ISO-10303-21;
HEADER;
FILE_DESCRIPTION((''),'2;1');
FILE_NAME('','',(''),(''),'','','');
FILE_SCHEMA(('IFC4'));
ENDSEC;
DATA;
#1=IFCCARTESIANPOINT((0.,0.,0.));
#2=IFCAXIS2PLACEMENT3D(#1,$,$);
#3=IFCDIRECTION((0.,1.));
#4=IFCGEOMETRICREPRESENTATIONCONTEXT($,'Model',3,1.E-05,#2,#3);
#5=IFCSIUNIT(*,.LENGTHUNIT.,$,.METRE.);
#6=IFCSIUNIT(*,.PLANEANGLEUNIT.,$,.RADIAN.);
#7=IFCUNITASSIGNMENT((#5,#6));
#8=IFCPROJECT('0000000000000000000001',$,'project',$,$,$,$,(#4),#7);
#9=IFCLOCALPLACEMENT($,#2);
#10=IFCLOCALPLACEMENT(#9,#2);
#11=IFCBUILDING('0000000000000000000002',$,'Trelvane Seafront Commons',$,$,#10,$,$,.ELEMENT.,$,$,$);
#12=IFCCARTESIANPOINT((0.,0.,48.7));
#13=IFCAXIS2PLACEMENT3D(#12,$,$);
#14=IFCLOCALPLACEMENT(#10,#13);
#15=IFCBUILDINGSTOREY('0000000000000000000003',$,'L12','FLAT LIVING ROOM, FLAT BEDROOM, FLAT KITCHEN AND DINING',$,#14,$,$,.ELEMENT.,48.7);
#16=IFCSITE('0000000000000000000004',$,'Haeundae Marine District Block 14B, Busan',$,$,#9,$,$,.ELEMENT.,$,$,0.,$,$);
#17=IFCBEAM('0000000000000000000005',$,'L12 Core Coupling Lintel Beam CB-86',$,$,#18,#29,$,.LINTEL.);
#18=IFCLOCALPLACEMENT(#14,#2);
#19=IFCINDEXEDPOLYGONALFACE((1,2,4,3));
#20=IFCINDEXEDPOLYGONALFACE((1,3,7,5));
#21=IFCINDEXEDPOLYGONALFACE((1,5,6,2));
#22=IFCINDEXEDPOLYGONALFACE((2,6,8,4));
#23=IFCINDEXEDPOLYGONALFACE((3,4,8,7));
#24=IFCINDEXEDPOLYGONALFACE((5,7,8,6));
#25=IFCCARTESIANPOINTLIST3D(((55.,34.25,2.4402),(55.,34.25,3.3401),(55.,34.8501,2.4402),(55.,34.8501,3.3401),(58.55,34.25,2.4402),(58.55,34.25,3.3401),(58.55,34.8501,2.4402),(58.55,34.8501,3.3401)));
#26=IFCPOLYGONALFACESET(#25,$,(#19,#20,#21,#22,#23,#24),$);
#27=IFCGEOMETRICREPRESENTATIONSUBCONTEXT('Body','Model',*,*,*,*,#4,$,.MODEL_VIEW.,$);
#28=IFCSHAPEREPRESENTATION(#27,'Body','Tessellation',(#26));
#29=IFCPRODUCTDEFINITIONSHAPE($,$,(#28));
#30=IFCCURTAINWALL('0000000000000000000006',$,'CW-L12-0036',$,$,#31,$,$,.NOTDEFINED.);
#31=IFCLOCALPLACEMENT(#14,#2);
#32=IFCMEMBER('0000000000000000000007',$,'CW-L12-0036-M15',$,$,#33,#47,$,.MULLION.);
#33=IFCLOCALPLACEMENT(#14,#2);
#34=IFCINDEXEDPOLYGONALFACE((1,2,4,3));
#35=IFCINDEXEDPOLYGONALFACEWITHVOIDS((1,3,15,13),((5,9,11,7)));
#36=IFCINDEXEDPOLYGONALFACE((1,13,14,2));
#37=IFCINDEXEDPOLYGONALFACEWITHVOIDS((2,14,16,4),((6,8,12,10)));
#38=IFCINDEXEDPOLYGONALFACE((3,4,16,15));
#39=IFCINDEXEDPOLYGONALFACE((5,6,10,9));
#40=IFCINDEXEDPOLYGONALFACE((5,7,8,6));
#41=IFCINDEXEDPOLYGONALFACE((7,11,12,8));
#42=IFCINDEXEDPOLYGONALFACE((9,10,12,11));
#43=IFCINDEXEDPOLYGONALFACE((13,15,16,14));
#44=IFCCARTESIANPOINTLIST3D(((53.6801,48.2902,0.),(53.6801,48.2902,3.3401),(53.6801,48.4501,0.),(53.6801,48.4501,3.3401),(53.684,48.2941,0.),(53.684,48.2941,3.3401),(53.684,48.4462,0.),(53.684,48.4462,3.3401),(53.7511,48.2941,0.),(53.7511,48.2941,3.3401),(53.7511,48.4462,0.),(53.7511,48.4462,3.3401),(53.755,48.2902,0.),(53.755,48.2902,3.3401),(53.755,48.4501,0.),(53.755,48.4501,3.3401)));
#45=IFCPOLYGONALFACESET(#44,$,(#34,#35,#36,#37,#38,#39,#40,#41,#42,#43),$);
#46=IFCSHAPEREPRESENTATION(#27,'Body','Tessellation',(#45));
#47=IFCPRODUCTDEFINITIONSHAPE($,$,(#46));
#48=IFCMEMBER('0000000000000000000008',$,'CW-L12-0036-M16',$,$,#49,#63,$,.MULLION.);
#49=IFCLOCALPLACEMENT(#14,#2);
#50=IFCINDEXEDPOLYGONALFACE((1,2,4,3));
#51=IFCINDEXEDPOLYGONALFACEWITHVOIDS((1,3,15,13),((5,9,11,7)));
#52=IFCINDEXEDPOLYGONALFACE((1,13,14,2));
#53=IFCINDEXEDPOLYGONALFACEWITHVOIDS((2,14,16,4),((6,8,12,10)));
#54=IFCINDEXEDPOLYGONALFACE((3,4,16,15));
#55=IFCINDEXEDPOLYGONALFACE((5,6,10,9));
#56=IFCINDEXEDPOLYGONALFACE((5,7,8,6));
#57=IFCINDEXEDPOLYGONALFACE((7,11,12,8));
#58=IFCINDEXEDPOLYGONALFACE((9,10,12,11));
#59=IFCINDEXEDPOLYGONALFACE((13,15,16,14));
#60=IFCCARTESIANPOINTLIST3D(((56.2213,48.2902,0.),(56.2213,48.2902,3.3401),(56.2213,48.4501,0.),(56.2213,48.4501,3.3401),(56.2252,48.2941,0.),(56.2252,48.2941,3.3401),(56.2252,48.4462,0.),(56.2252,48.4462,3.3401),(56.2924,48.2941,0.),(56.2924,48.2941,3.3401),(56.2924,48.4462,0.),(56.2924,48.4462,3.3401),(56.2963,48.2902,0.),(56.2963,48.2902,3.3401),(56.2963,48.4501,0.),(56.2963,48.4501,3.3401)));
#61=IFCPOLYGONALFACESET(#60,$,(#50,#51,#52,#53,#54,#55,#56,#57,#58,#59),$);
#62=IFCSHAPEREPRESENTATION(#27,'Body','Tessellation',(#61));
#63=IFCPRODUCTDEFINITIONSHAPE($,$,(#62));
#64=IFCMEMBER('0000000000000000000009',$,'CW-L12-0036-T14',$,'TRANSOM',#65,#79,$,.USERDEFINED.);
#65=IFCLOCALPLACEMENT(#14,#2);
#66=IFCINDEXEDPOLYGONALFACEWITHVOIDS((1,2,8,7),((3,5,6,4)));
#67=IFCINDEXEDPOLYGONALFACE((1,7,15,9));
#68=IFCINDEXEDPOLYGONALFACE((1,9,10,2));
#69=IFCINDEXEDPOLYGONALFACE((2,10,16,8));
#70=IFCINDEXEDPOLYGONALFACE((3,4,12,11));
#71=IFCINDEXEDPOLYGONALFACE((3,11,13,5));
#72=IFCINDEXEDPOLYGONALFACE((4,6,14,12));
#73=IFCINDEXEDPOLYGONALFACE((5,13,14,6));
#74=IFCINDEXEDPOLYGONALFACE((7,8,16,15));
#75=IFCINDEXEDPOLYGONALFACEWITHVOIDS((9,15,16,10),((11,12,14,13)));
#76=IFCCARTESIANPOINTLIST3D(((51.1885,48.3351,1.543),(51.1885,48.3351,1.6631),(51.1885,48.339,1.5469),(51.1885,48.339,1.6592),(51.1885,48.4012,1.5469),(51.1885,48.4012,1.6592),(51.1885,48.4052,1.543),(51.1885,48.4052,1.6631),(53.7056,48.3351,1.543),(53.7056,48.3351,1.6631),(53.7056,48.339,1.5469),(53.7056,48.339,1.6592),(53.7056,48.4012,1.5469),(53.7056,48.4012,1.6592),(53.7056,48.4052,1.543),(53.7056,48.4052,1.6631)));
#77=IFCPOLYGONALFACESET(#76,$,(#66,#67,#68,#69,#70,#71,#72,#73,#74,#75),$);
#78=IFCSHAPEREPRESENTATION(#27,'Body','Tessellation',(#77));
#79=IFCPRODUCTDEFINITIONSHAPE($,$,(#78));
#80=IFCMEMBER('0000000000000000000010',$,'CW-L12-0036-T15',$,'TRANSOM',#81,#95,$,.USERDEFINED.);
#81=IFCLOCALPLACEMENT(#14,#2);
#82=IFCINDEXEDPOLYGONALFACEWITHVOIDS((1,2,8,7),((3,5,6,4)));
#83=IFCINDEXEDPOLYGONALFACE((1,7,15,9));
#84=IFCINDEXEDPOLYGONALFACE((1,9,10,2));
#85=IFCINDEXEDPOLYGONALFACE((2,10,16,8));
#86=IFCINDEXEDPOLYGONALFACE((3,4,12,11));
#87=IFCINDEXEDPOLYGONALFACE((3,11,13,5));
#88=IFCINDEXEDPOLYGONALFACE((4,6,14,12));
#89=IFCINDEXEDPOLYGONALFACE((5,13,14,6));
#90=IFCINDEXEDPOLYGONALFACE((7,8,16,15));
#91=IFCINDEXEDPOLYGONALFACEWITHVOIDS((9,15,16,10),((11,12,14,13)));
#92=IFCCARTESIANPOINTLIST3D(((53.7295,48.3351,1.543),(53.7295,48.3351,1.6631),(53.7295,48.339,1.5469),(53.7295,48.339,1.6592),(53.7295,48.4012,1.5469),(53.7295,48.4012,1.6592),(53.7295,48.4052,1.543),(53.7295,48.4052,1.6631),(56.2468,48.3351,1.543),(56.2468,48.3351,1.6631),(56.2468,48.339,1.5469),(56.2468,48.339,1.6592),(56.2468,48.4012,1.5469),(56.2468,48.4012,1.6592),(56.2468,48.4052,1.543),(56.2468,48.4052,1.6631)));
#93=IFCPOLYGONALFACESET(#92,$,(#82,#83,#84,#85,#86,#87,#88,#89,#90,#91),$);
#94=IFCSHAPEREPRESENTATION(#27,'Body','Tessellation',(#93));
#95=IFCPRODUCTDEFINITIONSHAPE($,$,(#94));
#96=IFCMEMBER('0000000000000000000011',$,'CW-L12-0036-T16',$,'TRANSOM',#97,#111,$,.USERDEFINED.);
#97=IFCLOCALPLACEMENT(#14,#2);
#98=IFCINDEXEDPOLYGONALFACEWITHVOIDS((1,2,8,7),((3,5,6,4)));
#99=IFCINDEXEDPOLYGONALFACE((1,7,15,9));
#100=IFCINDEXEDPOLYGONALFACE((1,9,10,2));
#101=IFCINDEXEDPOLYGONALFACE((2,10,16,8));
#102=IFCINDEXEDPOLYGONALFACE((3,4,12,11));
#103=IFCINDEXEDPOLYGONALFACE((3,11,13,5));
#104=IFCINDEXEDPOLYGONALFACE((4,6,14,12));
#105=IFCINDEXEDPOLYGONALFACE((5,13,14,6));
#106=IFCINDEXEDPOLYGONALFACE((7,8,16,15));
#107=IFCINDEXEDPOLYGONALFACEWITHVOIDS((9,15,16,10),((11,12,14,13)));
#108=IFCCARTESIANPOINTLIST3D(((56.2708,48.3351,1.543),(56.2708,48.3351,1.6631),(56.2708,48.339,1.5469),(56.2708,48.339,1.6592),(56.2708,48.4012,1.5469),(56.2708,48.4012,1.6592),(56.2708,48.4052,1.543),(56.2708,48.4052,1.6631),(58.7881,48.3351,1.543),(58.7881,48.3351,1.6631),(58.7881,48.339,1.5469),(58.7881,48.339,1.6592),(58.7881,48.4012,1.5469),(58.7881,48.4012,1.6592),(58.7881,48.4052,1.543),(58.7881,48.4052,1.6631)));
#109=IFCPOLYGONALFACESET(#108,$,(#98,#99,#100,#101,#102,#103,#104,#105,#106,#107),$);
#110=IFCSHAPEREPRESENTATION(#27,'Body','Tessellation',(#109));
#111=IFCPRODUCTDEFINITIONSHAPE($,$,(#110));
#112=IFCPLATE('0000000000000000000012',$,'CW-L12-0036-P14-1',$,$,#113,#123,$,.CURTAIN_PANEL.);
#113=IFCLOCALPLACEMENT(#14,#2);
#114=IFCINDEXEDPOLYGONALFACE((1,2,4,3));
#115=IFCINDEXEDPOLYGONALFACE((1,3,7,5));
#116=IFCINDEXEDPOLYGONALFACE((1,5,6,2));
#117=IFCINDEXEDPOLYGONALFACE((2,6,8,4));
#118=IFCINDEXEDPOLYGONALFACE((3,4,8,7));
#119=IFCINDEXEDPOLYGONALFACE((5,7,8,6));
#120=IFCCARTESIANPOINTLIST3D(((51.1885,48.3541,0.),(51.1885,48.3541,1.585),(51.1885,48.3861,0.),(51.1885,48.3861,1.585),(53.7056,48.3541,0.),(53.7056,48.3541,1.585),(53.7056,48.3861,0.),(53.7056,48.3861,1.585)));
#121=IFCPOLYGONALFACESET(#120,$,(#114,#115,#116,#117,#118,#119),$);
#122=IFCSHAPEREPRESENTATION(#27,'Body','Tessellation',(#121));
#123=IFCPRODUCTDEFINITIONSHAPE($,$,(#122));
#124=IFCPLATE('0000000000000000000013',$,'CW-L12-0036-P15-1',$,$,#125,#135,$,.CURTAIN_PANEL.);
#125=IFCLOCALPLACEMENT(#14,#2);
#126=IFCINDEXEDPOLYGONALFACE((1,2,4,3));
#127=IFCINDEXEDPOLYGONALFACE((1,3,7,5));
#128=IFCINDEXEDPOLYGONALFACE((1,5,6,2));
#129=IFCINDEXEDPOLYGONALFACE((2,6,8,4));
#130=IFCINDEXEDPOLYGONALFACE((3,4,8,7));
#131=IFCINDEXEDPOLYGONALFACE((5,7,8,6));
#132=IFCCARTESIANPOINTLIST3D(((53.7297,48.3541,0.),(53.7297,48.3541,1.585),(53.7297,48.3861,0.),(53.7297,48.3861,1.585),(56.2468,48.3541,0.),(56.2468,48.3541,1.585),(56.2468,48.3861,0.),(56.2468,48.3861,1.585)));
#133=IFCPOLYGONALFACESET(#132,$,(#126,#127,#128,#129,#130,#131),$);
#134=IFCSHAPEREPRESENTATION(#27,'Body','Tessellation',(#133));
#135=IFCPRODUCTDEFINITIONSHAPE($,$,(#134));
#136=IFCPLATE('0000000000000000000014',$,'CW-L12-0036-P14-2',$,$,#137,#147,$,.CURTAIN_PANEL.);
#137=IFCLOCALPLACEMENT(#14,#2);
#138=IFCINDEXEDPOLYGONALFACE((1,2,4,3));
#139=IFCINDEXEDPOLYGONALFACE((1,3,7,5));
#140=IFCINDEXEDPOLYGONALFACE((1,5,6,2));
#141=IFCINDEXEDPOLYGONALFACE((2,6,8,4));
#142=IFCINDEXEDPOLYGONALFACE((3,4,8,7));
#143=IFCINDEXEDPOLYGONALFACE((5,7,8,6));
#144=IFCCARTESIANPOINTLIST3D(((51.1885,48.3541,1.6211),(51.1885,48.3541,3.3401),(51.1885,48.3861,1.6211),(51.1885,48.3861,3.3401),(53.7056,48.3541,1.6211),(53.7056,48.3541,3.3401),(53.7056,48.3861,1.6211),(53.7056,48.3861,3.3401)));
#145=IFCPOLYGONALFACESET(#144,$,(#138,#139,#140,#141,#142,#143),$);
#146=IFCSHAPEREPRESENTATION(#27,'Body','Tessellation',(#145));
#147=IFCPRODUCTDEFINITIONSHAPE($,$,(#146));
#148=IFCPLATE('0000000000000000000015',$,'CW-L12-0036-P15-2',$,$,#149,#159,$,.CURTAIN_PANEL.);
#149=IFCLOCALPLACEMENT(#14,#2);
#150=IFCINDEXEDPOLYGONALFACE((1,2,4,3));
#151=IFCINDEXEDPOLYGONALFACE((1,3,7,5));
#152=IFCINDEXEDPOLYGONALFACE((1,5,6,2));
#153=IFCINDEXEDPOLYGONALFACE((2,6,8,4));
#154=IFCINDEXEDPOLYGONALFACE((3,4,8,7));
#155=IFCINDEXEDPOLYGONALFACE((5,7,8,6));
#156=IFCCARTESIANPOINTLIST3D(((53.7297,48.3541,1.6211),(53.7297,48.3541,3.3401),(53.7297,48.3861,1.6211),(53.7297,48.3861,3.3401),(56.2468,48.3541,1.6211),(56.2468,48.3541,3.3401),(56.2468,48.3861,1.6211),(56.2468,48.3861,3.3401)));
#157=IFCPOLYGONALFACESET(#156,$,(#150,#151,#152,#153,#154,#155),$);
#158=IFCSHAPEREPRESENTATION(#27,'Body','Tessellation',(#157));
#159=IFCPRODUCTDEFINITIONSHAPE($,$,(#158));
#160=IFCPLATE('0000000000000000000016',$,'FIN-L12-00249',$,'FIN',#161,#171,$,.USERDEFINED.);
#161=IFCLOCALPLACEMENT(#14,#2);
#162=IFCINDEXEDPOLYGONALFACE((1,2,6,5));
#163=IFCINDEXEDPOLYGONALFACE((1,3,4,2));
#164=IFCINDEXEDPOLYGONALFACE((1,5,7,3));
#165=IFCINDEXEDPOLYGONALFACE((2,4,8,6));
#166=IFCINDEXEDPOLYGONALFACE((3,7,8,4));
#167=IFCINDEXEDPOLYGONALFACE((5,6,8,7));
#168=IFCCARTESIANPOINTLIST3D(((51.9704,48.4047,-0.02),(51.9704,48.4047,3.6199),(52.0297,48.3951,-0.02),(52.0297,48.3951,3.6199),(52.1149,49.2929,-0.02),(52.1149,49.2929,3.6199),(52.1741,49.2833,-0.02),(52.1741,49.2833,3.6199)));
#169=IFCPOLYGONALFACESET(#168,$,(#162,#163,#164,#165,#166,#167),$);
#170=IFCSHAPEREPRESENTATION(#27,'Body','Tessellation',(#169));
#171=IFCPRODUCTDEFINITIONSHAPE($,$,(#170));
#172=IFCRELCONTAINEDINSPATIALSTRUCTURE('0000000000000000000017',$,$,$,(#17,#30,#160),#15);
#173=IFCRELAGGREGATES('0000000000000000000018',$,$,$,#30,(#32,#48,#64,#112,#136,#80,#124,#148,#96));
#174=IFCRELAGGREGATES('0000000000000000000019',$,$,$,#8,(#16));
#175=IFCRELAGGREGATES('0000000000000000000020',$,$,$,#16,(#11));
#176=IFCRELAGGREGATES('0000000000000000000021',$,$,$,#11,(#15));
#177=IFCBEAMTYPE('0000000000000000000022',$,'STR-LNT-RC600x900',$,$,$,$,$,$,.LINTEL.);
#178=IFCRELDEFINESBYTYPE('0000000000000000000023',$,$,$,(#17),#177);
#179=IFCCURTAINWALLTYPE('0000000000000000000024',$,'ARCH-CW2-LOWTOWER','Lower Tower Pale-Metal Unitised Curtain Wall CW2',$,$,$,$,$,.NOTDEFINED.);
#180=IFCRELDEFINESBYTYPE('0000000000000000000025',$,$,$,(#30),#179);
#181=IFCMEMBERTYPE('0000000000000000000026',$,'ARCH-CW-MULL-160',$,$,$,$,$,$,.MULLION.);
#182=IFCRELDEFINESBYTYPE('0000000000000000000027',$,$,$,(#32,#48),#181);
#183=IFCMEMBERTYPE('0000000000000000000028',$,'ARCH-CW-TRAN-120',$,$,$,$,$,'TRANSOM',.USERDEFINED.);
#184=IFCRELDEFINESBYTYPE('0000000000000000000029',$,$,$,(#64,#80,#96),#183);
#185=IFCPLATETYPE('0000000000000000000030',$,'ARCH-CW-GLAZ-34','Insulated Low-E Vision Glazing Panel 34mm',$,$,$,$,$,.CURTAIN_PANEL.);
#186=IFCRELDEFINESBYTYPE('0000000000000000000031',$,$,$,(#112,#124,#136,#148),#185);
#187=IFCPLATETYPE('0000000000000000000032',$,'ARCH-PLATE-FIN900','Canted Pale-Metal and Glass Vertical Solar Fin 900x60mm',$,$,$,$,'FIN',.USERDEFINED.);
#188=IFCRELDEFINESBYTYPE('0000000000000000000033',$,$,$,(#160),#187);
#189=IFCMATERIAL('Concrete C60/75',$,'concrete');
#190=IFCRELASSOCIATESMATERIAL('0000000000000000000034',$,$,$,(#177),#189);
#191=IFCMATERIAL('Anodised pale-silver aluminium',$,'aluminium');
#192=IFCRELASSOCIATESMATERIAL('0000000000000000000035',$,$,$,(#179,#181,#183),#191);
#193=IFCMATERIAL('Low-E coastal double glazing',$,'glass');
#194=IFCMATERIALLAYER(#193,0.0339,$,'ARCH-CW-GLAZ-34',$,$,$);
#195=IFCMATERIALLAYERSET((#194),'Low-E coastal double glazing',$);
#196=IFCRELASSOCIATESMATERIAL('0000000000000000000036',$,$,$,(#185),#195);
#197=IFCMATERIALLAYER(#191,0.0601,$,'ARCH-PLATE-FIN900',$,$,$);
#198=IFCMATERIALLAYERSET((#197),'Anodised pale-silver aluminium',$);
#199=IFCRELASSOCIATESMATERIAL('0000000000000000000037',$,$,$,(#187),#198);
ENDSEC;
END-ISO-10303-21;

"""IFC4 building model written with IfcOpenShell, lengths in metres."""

from ifc_helpers import new_model, si_unit, direction, frame, origin, origin_2d, place, context, subcontext, project, spatial, rectangle, hollow_rectangle, extrude, source, transform, mapped, material, layer, layer_set, material_profile, profile_set, type_object, element, aggregate, save


model = new_model("IFC4")

# Units and contexts
model_context = context("Model", 3, precision=1e-05, world=origin(), true_north=direction((0.0, 1.0)))
body_context = subcontext(model_context, "Body", "Model", "MODEL_VIEW")
ifc_project = project(units=[si_unit("LENGTHUNIT", "METRE"), si_unit("PLANEANGLEUNIT", "RADIAN")], contexts=[model_context])

# Site, building, storey
site_placement = place(None, origin())
site = spatial("IfcSite", under=ifc_project, at=site_placement, Name="Haeundae Marine District Block 14B, Busan", CompositionType="ELEMENT", RefElevation=0.0)
building_placement = place(site_placement, origin())
building = spatial("IfcBuilding", under=site, at=building_placement, Name="Trelvane Seafront Commons", CompositionType="ELEMENT")
storey_placement = place(building_placement, frame((0.0, 0.0, 48.7)))
storey = spatial("IfcBuildingStorey", under=building, at=storey_placement, Name="L12", Description="FLAT LIVING ROOM, FLAT BEDROOM, FLAT KITCHEN AND DINING", CompositionType="ELEMENT", Elevation=48.7)

# Beam
ifc_material_1 = material(Name="Concrete C60/75", Category="concrete")
ifc_material_profile_1 = material_profile(ifc_material_1, rectangle(XDim=0.6001, YDim=0.8999, at=origin_2d()), Name="RC-600x900")
ifc_profile_set_1 = profile_set([ifc_material_profile_1], Name="Concrete C60/75")
beam_type = type_object("IfcBeamType", Name="STR-LNT-RC600x900", PredefinedType="LINTEL", material=ifc_profile_set_1)
shared_shape_1 = source(origin(), body_context, "Body", "SweptSolid", [
    extrude(rectangle(XDim=0.6001, YDim=0.8999, at=origin_2d()), origin(), (0.0, 0.0, 1.0), 3.55),
])
beam_placement = place(storey_placement, frame((55.0, 34.55, 2.8901), z_axis=(1.0, 0.0, 0.0), x_axis=(0.0, 1.0, 0.0)))
element("IfcBeam", 1, at=beam_placement, inside=storey, type_object=beam_type, Name="L12 Core Coupling Lintel Beam CB-86", PredefinedType="LINTEL", context=body_context, shape_type="MappedRepresentation", body=[
    mapped(shared_shape_1, transform((0.0, 0.0, 0.0), x_axis=(1.0, 0.0, 0.0), y_axis=(0.0, 1.0, 0.0), z_axis=(0.0, 0.0, 1.0), scale=1.0)),
])

# Curtain wall, members, plates
ifc_material_2 = material(Name="Anodised pale-silver aluminium", Category="aluminium")
curtain_wall_type = type_object("IfcCurtainWallType", Name="ARCH-CW2-LOWTOWER", Description="Lower Tower Pale-Metal Unitised Curtain Wall CW2", PredefinedType="NOTDEFINED", material=ifc_material_2)
curtain_wall_placement = place(storey_placement, origin())
curtain_wall = element("IfcCurtainWall", 2, at=curtain_wall_placement, inside=storey, type_object=curtain_wall_type, Name="CW-L12-0036", PredefinedType="NOTDEFINED")
ifc_material_profile_2 = material_profile(ifc_material_2, hollow_rectangle(XDim=0.075, YDim=0.1599, WallThickness=0.0039, at=origin_2d()), Name="MULL-75x160x4")
ifc_profile_set_2 = profile_set([ifc_material_profile_2], Name="Anodised pale-silver aluminium")
member_type_1 = type_object("IfcMemberType", Name="ARCH-CW-MULL-160", PredefinedType="MULLION", material=ifc_profile_set_2)
shared_shape_2 = source(origin(), body_context, "Body", "SweptSolid", [
    extrude(hollow_rectangle(XDim=0.075, YDim=0.1599, WallThickness=0.0039, at=origin_2d()), origin(), (0.0, 0.0, 1.0), 3.3401),
])
member_1_placement = place(storey_placement, frame((53.7175, 48.3701, 0.0), z_axis=(0.0, 0.0, 1.0), x_axis=(1.0, 0.0, 0.0)))
member_1 = element("IfcMember", 3, at=member_1_placement, type_object=member_type_1, Name="CW-L12-0036-M15", PredefinedType="MULLION", context=body_context, shape_type="MappedRepresentation", body=[
    mapped(shared_shape_2, transform((0.0, 0.0, 0.0), x_axis=(1.0, 0.0, 0.0), y_axis=(0.0, 1.0, 0.0), z_axis=(0.0, 0.0, 1.0), scale=1.0)),
])
member_2_placement = place(storey_placement, frame((56.2588, 48.3701, 0.0), z_axis=(0.0, 0.0, 1.0), x_axis=(1.0, 0.0, 0.0)))
member_2 = element("IfcMember", 4, at=member_2_placement, type_object=member_type_1, Name="CW-L12-0036-M16", PredefinedType="MULLION", context=body_context, shape_type="MappedRepresentation", body=[
    mapped(shared_shape_2, transform((0.0, 0.0, 0.0), x_axis=(1.0, 0.0, 0.0), y_axis=(0.0, 1.0, 0.0), z_axis=(0.0, 0.0, 1.0), scale=1.0)),
])
ifc_material_profile_3 = material_profile(ifc_material_2, hollow_rectangle(XDim=0.0701, YDim=0.1201, WallThickness=0.0039, at=origin_2d()), Name="TRAN-70x120x4")
ifc_profile_set_3 = profile_set([ifc_material_profile_3], Name="Anodised pale-silver aluminium")
member_type_2 = type_object("IfcMemberType", Name="ARCH-CW-TRAN-120", ElementType="TRANSOM", PredefinedType="USERDEFINED", material=ifc_profile_set_3)
shared_shape_3 = source(origin(), body_context, "Body", "SweptSolid", [
    extrude(hollow_rectangle(XDim=0.0701, YDim=0.1201, WallThickness=0.0039, at=origin_2d()), origin(), (0.0, 0.0, 1.0), 2.5171),
])
member_3_placement = place(storey_placement, frame((51.1885, 48.3701, 1.603), z_axis=(1.0, 0.0, 0.0), x_axis=(0.0, 1.0, 0.0)))
member_3 = element("IfcMember", 5, at=member_3_placement, type_object=member_type_2, Name="CW-L12-0036-T14", ObjectType="TRANSOM", PredefinedType="USERDEFINED", context=body_context, shape_type="MappedRepresentation", body=[
    mapped(shared_shape_3, transform((0.0, 0.0, 0.0), x_axis=(1.0, 0.0, 0.0), y_axis=(0.0, 1.0, 0.0), z_axis=(0.0, 0.0, 1.0), scale=1.0)),
])
shared_shape_4 = source(origin(), body_context, "Body", "SweptSolid", [
    extrude(hollow_rectangle(XDim=0.0701, YDim=0.1201, WallThickness=0.0039, at=origin_2d()), origin(), (0.0, 0.0, 1.0), 2.5173),
])
member_4_placement = place(storey_placement, frame((53.7295, 48.3701, 1.603), z_axis=(1.0, 0.0, 0.0), x_axis=(0.0, 1.0, 0.0)))
member_4 = element("IfcMember", 6, at=member_4_placement, type_object=member_type_2, Name="CW-L12-0036-T15", ObjectType="TRANSOM", PredefinedType="USERDEFINED", context=body_context, shape_type="MappedRepresentation", body=[
    mapped(shared_shape_4, transform((0.0, 0.0, 0.0), x_axis=(1.0, 0.0, 0.0), y_axis=(0.0, 1.0, 0.0), z_axis=(0.0, 0.0, 1.0), scale=1.0)),
])
member_5_placement = place(storey_placement, frame((56.2708, 48.3701, 1.603), z_axis=(1.0, 0.0, 0.0), x_axis=(0.0, 1.0, 0.0)))
member_5 = element("IfcMember", 7, at=member_5_placement, type_object=member_type_2, Name="CW-L12-0036-T16", ObjectType="TRANSOM", PredefinedType="USERDEFINED", context=body_context, shape_type="MappedRepresentation", body=[
    mapped(shared_shape_4, transform((0.0, 0.0, 0.0), x_axis=(1.0, 0.0, 0.0), y_axis=(0.0, 1.0, 0.0), z_axis=(0.0, 0.0, 1.0), scale=1.0)),
])
ifc_material_3 = material(Name="Low-E coastal double glazing", Category="glass")
ifc_layer_1 = layer(ifc_material_3, 0.0339, Name="ARCH-CW-GLAZ-34")
ifc_layer_set_1 = layer_set([ifc_layer_1], Name="Low-E coastal double glazing")
plate_type_1 = type_object("IfcPlateType", Name="ARCH-CW-GLAZ-34", Description="Insulated Low-E Vision Glazing Panel 34mm", PredefinedType="CURTAIN_PANEL", material=ifc_layer_set_1)
shared_shape_5 = source(origin(), body_context, "Body", "SweptSolid", [
    extrude(rectangle(XDim=2.5171, YDim=0.032, at=origin_2d()), origin(), (0.0, 0.0, 1.0), 1.585),
])
plate_1_placement = place(storey_placement, frame((52.447, 48.3701, 0.0), z_axis=(0.0, 0.0, 1.0), x_axis=(1.0, 0.0, 0.0)))
plate_1 = element("IfcPlate", 8, at=plate_1_placement, type_object=plate_type_1, Name="CW-L12-0036-P14-1", PredefinedType="CURTAIN_PANEL", context=body_context, shape_type="MappedRepresentation", body=[
    mapped(shared_shape_5, transform((0.0, 0.0, 0.0), x_axis=(1.0, 0.0, 0.0), y_axis=(0.0, 1.0, 0.0), z_axis=(0.0, 0.0, 1.0), scale=1.0)),
])
plate_2_placement = place(storey_placement, frame((54.9883, 48.3701, 0.0), z_axis=(0.0, 0.0, 1.0), x_axis=(1.0, 0.0, 0.0)))
plate_2 = element("IfcPlate", 9, at=plate_2_placement, type_object=plate_type_1, Name="CW-L12-0036-P15-1", PredefinedType="CURTAIN_PANEL", context=body_context, shape_type="MappedRepresentation", body=[
    mapped(shared_shape_5, transform((0.0, 0.0, 0.0), x_axis=(1.0, 0.0, 0.0), y_axis=(0.0, 1.0, 0.0), z_axis=(0.0, 0.0, 1.0), scale=1.0)),
])
shared_shape_6 = source(origin(), body_context, "Body", "SweptSolid", [
    extrude(rectangle(XDim=2.5171, YDim=0.032, at=origin_2d()), origin(), (0.0, 0.0, 1.0), 1.719),
])
plate_3_placement = place(storey_placement, frame((52.447, 48.3701, 1.6211), z_axis=(0.0, 0.0, 1.0), x_axis=(1.0, 0.0, 0.0)))
plate_3 = element("IfcPlate", 10, at=plate_3_placement, type_object=plate_type_1, Name="CW-L12-0036-P14-2", PredefinedType="CURTAIN_PANEL", context=body_context, shape_type="MappedRepresentation", body=[
    mapped(shared_shape_6, transform((0.0, 0.0, 0.0), x_axis=(1.0, 0.0, 0.0), y_axis=(0.0, 1.0, 0.0), z_axis=(0.0, 0.0, 1.0), scale=1.0)),
])
plate_4_placement = place(storey_placement, frame((54.9883, 48.3701, 1.6211), z_axis=(0.0, 0.0, 1.0), x_axis=(1.0, 0.0, 0.0)))
plate_4 = element("IfcPlate", 11, at=plate_4_placement, type_object=plate_type_1, Name="CW-L12-0036-P15-2", PredefinedType="CURTAIN_PANEL", context=body_context, shape_type="MappedRepresentation", body=[
    mapped(shared_shape_6, transform((0.0, 0.0, 0.0), x_axis=(1.0, 0.0, 0.0), y_axis=(0.0, 1.0, 0.0), z_axis=(0.0, 0.0, 1.0), scale=1.0)),
])
aggregate(curtain_wall, [member_1, member_2, member_3, plate_1, plate_3, member_4, plate_2, plate_4, member_5])

# Plate
ifc_layer_2 = layer(ifc_material_2, 0.0601, Name="ARCH-PLATE-FIN900")
ifc_layer_set_2 = layer_set([ifc_layer_2], Name="Anodised pale-silver aluminium")
plate_type_2 = type_object("IfcPlateType", Name="ARCH-PLATE-FIN900", Description="Canted Pale-Metal and Glass Vertical Solar Fin 900x60mm", ElementType="FIN", PredefinedType="USERDEFINED", material=ifc_layer_set_2)
shared_shape_7 = source(origin(), body_context, "Body", "SweptSolid", [
    extrude(rectangle(XDim=0.8999, YDim=0.0601, at=origin_2d()), origin(), (0.0, 0.0, 1.0), 3.6399),
])
for number, where, z_axis, x_axis, name in (
    (12, (52.0723, 48.844, -0.02), (0.0, 0.0, 1.0), (0.16056, 0.987026, 0.0), "FIN-L12-00249"),
):
    element("IfcPlate", number, at=place(storey_placement, frame(where, z_axis=z_axis, x_axis=x_axis)), inside=storey, type_object=plate_type_2, Name=name, ObjectType="FIN", PredefinedType="USERDEFINED", context=body_context, shape_type="MappedRepresentation", body=[
        mapped(shared_shape_7, transform((0.0, 0.0, 0.0), x_axis=(1.0, 0.0, 0.0), y_axis=(0.0, 1.0, 0.0), z_axis=(0.0, 0.0, 1.0), scale=1.0)),
    ])

save(model, "model.ifc")
